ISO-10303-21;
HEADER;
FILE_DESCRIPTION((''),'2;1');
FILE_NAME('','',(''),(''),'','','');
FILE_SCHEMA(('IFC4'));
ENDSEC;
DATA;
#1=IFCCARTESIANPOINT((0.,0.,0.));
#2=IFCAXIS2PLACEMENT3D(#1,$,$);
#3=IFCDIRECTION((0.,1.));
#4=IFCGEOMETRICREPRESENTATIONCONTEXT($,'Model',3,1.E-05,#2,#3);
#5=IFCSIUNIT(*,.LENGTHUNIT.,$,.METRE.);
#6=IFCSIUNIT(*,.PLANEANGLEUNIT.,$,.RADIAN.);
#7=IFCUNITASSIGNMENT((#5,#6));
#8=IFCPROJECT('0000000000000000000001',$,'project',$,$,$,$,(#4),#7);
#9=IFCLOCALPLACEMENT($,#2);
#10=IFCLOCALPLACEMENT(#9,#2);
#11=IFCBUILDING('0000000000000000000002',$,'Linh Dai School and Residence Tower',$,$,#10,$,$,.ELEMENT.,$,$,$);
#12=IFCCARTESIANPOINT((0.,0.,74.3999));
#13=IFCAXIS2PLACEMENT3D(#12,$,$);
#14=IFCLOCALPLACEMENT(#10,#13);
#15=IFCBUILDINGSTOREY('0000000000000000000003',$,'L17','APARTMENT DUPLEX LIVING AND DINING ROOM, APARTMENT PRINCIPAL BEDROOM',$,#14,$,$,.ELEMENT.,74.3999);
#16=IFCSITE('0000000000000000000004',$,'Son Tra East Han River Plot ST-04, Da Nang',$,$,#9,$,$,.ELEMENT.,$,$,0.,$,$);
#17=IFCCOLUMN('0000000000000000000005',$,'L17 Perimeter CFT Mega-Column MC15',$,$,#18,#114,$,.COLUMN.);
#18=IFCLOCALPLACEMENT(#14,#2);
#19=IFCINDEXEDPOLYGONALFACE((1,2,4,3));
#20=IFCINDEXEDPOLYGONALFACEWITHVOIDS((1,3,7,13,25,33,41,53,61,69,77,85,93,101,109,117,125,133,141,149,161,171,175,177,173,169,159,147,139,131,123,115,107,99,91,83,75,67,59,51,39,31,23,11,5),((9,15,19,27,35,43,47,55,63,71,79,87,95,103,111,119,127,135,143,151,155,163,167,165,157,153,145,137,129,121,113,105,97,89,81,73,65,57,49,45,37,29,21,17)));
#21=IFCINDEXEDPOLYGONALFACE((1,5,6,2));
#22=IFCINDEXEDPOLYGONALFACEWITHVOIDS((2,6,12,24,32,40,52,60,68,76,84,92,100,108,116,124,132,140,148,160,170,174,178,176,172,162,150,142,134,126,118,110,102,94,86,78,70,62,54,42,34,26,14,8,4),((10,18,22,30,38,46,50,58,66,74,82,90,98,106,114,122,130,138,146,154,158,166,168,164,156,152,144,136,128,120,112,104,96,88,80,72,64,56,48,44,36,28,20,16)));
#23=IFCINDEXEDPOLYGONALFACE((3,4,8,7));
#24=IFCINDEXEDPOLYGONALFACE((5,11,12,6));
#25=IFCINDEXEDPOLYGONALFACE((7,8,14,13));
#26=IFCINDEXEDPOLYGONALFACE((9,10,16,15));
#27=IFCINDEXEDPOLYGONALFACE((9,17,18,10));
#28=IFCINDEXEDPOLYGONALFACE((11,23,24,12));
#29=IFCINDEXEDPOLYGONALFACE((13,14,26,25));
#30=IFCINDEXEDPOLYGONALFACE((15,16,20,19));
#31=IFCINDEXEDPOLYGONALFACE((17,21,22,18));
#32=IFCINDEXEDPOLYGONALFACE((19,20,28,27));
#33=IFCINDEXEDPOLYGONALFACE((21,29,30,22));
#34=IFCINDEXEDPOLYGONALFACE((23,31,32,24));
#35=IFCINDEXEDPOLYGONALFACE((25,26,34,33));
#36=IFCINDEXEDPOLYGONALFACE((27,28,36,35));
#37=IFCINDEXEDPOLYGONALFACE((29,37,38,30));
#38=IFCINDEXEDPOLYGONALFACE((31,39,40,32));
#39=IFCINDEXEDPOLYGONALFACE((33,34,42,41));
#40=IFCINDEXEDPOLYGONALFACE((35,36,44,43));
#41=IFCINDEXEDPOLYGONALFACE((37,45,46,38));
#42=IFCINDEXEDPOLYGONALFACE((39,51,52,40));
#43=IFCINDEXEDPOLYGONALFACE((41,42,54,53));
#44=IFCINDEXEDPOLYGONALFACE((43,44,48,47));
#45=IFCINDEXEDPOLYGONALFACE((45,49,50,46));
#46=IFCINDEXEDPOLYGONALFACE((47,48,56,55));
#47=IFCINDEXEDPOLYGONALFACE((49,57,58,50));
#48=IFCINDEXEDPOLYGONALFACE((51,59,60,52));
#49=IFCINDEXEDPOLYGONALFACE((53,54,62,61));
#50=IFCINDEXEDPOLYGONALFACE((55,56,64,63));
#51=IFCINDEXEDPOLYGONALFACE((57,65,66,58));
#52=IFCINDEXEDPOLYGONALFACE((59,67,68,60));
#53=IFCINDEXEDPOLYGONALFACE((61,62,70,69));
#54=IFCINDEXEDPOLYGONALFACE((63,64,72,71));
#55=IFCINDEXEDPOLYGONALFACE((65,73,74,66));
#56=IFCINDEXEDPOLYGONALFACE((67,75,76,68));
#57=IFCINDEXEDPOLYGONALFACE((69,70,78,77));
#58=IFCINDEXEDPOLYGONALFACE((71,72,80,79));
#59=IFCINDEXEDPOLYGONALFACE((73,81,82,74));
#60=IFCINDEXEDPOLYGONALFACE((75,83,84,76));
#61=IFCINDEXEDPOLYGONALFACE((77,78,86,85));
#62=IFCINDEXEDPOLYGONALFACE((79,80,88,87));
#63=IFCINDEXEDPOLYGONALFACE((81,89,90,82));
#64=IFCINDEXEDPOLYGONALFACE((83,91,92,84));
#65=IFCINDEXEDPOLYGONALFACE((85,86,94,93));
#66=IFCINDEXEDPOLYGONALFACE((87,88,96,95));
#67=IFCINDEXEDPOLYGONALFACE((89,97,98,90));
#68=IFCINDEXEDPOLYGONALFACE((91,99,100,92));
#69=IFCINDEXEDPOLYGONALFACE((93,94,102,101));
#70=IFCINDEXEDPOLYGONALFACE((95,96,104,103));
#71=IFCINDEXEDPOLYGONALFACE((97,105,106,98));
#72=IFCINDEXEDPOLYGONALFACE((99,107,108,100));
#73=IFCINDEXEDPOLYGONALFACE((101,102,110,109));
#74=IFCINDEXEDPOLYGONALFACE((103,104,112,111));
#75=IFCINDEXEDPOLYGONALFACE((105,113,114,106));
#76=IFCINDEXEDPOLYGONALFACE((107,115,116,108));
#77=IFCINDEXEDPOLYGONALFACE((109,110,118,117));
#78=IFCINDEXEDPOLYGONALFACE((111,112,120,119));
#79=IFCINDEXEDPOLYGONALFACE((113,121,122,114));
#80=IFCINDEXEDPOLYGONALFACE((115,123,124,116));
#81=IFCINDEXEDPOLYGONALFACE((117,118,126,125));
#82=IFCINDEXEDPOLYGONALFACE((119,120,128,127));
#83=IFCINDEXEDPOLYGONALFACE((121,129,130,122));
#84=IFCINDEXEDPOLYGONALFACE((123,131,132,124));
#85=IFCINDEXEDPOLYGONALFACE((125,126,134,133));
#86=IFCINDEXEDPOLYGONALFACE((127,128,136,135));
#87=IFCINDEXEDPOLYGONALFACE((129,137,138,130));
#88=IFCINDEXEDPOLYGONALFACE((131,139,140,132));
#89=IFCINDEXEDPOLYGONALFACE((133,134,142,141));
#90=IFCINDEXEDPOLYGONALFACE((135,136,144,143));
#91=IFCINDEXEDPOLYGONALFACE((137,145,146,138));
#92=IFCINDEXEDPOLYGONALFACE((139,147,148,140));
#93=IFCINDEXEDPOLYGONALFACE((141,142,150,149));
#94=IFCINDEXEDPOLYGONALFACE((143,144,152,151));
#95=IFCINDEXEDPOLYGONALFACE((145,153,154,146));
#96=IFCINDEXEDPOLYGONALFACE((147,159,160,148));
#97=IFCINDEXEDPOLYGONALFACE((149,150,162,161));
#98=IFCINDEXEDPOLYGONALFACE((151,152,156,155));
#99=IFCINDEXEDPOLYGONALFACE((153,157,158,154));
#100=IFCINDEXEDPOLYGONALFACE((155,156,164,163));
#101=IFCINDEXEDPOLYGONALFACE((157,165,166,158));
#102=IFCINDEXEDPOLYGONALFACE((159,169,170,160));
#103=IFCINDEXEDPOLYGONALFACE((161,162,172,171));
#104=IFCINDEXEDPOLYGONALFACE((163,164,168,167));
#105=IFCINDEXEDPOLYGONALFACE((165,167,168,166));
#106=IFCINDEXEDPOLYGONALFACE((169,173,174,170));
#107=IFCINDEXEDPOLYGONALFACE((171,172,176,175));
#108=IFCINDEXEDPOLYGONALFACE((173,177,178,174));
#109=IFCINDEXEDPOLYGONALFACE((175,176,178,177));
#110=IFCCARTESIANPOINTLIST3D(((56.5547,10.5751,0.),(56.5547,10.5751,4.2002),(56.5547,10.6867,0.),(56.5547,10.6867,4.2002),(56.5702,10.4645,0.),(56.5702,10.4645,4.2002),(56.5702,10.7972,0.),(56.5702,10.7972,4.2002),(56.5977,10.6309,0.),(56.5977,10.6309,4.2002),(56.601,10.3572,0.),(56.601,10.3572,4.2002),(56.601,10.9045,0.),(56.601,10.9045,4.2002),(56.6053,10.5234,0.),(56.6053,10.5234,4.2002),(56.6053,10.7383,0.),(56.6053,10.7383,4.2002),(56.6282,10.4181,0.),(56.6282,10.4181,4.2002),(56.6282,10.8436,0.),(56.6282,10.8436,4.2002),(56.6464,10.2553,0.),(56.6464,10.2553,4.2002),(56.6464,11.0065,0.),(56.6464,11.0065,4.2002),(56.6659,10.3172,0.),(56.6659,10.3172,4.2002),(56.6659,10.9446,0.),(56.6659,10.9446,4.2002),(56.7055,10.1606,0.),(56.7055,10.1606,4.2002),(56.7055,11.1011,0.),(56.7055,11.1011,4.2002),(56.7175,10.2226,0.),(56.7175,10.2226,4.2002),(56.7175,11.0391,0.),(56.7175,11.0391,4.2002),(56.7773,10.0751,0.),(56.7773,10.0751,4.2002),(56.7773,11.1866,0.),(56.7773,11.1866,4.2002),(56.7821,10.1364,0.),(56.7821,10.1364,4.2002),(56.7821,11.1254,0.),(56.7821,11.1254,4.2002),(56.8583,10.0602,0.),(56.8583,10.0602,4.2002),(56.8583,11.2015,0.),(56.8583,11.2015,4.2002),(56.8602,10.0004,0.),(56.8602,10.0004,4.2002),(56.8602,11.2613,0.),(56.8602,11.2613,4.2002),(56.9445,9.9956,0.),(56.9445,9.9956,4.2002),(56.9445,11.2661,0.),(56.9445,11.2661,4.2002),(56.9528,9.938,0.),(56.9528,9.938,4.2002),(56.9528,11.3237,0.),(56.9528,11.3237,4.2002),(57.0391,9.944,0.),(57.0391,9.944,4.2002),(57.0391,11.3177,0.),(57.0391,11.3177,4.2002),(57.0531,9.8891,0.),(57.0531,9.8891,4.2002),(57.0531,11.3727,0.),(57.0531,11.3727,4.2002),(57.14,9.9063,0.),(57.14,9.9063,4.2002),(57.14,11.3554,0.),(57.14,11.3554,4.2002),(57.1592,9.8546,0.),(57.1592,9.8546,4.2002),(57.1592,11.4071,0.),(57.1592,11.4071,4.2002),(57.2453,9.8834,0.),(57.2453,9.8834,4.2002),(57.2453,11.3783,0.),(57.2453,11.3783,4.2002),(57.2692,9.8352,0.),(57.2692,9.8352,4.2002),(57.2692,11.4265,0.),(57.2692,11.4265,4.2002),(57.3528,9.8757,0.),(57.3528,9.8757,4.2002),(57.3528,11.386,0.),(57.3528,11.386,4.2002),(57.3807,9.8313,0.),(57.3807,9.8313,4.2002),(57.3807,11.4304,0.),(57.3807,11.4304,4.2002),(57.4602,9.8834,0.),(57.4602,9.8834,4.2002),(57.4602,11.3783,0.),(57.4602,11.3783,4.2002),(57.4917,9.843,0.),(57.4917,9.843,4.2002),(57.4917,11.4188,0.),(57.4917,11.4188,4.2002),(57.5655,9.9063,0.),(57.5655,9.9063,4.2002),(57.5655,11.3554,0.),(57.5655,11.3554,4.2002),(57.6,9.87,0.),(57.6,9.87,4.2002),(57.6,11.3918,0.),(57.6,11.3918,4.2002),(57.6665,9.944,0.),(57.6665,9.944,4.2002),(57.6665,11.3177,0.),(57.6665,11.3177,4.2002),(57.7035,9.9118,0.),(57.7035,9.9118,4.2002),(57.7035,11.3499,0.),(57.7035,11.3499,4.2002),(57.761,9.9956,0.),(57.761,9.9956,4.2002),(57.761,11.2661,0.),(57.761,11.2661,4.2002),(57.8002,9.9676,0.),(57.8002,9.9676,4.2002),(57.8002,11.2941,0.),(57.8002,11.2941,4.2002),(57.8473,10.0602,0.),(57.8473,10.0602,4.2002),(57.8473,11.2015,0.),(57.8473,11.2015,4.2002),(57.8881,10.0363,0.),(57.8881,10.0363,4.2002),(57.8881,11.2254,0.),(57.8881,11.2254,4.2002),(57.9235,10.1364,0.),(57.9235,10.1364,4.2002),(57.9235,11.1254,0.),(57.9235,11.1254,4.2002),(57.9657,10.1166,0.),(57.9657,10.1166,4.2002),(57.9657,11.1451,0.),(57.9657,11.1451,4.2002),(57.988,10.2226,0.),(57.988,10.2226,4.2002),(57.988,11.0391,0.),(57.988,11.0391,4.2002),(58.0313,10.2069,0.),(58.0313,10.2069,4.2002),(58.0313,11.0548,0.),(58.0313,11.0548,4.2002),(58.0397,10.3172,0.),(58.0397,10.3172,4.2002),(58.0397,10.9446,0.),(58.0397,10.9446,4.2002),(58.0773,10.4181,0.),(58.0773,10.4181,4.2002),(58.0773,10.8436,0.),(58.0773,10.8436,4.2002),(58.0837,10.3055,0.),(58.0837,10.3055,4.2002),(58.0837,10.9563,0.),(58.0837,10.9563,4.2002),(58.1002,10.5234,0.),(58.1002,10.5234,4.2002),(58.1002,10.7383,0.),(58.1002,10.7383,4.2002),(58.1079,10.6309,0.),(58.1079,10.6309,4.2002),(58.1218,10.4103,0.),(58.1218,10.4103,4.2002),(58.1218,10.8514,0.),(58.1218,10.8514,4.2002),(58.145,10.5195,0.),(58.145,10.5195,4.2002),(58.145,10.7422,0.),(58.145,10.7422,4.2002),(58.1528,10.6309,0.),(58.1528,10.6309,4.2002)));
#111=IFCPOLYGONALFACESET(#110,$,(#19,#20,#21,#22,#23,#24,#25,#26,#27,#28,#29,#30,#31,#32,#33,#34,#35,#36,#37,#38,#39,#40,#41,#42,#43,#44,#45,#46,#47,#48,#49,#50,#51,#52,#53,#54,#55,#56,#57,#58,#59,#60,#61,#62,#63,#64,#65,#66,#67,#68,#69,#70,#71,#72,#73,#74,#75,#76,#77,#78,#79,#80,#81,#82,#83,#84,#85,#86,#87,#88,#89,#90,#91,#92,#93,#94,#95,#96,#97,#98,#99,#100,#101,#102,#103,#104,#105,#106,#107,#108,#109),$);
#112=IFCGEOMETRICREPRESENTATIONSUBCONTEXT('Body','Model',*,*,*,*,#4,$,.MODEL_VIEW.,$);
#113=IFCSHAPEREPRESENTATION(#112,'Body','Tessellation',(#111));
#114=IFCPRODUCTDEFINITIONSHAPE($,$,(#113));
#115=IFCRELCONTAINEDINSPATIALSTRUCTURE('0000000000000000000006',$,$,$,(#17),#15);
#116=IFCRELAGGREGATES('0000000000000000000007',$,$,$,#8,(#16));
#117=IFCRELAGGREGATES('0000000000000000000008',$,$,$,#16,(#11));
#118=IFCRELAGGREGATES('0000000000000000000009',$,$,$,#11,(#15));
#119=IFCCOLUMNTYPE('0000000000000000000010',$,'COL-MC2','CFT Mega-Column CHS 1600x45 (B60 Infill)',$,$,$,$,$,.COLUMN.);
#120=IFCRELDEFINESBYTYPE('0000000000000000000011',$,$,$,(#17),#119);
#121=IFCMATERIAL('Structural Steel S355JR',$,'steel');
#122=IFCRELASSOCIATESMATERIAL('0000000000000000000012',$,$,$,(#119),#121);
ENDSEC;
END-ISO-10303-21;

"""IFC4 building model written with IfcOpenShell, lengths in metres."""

from ifc_helpers import new_model, si_unit, direction, frame, origin, origin_2d, place, context, subcontext, project, spatial, hollow_circle, extrude, material, material_profile, profile_set, type_object, element, save


model = new_model("IFC4")

# Units and contexts
model_context = context("Model", 3, precision=1e-05, world=origin(), true_north=direction((0.0, 1.0)))
body_context = subcontext(model_context, "Body", "Model", "MODEL_VIEW")
ifc_project = project(units=[si_unit("LENGTHUNIT", "METRE"), si_unit("PLANEANGLEUNIT", "RADIAN")], contexts=[model_context])

# Site, building, storey
site_placement = place(None, origin())
site = spatial("IfcSite", under=ifc_project, at=site_placement, Name="Son Tra East Han River Plot ST-04, Da Nang", CompositionType="ELEMENT", RefElevation=0.0)
building_placement = place(site_placement, origin())
building = spatial("IfcBuilding", under=site, at=building_placement, Name="Linh Dai School and Residence Tower", CompositionType="ELEMENT")
storey_placement = place(building_placement, frame((0.0, 0.0, 74.3999)))
storey = spatial("IfcBuildingStorey", under=building, at=storey_placement, Name="L17", Description="APARTMENT DUPLEX LIVING AND DINING ROOM, APARTMENT PRINCIPAL BEDROOM", CompositionType="ELEMENT", Elevation=74.3999)

# Column
ifc_material_1 = material(Name="Structural Steel S355JR", Category="steel")
ifc_material_profile_1 = material_profile(ifc_material_1, hollow_circle(Radius=0.8, WallThickness=0.0449, at=origin_2d()), Name="CHS 1600x45")
ifc_profile_set_1 = profile_set([ifc_material_profile_1], Name="Structural Steel S355JR")
column_type = type_object("IfcColumnType", Name="COL-MC2", Description="CFT Mega-Column CHS 1600x45 (B60 Infill)", PredefinedType="COLUMN", material=ifc_profile_set_1)
for number, where, z_axis, x_axis, name in (
    (1, (57.3528, 10.6309, 0.0), (0.0, 0.0, 1.0), (1.0, 0.0, 0.0), "L17 Perimeter CFT Mega-Column MC15"),
):
    element("IfcColumn", number, at=place(storey_placement, frame(where, z_axis=z_axis, x_axis=x_axis)), inside=storey, type_object=column_type, Name=name, PredefinedType="COLUMN", context=body_context, shape_type="SweptSolid", body=[
        extrude(hollow_circle(Radius=0.8, WallThickness=0.0449, at=origin_2d()), origin(), (0.0, 0.0, 1.0), 4.2002),
    ])

save(model, "model.ifc")
